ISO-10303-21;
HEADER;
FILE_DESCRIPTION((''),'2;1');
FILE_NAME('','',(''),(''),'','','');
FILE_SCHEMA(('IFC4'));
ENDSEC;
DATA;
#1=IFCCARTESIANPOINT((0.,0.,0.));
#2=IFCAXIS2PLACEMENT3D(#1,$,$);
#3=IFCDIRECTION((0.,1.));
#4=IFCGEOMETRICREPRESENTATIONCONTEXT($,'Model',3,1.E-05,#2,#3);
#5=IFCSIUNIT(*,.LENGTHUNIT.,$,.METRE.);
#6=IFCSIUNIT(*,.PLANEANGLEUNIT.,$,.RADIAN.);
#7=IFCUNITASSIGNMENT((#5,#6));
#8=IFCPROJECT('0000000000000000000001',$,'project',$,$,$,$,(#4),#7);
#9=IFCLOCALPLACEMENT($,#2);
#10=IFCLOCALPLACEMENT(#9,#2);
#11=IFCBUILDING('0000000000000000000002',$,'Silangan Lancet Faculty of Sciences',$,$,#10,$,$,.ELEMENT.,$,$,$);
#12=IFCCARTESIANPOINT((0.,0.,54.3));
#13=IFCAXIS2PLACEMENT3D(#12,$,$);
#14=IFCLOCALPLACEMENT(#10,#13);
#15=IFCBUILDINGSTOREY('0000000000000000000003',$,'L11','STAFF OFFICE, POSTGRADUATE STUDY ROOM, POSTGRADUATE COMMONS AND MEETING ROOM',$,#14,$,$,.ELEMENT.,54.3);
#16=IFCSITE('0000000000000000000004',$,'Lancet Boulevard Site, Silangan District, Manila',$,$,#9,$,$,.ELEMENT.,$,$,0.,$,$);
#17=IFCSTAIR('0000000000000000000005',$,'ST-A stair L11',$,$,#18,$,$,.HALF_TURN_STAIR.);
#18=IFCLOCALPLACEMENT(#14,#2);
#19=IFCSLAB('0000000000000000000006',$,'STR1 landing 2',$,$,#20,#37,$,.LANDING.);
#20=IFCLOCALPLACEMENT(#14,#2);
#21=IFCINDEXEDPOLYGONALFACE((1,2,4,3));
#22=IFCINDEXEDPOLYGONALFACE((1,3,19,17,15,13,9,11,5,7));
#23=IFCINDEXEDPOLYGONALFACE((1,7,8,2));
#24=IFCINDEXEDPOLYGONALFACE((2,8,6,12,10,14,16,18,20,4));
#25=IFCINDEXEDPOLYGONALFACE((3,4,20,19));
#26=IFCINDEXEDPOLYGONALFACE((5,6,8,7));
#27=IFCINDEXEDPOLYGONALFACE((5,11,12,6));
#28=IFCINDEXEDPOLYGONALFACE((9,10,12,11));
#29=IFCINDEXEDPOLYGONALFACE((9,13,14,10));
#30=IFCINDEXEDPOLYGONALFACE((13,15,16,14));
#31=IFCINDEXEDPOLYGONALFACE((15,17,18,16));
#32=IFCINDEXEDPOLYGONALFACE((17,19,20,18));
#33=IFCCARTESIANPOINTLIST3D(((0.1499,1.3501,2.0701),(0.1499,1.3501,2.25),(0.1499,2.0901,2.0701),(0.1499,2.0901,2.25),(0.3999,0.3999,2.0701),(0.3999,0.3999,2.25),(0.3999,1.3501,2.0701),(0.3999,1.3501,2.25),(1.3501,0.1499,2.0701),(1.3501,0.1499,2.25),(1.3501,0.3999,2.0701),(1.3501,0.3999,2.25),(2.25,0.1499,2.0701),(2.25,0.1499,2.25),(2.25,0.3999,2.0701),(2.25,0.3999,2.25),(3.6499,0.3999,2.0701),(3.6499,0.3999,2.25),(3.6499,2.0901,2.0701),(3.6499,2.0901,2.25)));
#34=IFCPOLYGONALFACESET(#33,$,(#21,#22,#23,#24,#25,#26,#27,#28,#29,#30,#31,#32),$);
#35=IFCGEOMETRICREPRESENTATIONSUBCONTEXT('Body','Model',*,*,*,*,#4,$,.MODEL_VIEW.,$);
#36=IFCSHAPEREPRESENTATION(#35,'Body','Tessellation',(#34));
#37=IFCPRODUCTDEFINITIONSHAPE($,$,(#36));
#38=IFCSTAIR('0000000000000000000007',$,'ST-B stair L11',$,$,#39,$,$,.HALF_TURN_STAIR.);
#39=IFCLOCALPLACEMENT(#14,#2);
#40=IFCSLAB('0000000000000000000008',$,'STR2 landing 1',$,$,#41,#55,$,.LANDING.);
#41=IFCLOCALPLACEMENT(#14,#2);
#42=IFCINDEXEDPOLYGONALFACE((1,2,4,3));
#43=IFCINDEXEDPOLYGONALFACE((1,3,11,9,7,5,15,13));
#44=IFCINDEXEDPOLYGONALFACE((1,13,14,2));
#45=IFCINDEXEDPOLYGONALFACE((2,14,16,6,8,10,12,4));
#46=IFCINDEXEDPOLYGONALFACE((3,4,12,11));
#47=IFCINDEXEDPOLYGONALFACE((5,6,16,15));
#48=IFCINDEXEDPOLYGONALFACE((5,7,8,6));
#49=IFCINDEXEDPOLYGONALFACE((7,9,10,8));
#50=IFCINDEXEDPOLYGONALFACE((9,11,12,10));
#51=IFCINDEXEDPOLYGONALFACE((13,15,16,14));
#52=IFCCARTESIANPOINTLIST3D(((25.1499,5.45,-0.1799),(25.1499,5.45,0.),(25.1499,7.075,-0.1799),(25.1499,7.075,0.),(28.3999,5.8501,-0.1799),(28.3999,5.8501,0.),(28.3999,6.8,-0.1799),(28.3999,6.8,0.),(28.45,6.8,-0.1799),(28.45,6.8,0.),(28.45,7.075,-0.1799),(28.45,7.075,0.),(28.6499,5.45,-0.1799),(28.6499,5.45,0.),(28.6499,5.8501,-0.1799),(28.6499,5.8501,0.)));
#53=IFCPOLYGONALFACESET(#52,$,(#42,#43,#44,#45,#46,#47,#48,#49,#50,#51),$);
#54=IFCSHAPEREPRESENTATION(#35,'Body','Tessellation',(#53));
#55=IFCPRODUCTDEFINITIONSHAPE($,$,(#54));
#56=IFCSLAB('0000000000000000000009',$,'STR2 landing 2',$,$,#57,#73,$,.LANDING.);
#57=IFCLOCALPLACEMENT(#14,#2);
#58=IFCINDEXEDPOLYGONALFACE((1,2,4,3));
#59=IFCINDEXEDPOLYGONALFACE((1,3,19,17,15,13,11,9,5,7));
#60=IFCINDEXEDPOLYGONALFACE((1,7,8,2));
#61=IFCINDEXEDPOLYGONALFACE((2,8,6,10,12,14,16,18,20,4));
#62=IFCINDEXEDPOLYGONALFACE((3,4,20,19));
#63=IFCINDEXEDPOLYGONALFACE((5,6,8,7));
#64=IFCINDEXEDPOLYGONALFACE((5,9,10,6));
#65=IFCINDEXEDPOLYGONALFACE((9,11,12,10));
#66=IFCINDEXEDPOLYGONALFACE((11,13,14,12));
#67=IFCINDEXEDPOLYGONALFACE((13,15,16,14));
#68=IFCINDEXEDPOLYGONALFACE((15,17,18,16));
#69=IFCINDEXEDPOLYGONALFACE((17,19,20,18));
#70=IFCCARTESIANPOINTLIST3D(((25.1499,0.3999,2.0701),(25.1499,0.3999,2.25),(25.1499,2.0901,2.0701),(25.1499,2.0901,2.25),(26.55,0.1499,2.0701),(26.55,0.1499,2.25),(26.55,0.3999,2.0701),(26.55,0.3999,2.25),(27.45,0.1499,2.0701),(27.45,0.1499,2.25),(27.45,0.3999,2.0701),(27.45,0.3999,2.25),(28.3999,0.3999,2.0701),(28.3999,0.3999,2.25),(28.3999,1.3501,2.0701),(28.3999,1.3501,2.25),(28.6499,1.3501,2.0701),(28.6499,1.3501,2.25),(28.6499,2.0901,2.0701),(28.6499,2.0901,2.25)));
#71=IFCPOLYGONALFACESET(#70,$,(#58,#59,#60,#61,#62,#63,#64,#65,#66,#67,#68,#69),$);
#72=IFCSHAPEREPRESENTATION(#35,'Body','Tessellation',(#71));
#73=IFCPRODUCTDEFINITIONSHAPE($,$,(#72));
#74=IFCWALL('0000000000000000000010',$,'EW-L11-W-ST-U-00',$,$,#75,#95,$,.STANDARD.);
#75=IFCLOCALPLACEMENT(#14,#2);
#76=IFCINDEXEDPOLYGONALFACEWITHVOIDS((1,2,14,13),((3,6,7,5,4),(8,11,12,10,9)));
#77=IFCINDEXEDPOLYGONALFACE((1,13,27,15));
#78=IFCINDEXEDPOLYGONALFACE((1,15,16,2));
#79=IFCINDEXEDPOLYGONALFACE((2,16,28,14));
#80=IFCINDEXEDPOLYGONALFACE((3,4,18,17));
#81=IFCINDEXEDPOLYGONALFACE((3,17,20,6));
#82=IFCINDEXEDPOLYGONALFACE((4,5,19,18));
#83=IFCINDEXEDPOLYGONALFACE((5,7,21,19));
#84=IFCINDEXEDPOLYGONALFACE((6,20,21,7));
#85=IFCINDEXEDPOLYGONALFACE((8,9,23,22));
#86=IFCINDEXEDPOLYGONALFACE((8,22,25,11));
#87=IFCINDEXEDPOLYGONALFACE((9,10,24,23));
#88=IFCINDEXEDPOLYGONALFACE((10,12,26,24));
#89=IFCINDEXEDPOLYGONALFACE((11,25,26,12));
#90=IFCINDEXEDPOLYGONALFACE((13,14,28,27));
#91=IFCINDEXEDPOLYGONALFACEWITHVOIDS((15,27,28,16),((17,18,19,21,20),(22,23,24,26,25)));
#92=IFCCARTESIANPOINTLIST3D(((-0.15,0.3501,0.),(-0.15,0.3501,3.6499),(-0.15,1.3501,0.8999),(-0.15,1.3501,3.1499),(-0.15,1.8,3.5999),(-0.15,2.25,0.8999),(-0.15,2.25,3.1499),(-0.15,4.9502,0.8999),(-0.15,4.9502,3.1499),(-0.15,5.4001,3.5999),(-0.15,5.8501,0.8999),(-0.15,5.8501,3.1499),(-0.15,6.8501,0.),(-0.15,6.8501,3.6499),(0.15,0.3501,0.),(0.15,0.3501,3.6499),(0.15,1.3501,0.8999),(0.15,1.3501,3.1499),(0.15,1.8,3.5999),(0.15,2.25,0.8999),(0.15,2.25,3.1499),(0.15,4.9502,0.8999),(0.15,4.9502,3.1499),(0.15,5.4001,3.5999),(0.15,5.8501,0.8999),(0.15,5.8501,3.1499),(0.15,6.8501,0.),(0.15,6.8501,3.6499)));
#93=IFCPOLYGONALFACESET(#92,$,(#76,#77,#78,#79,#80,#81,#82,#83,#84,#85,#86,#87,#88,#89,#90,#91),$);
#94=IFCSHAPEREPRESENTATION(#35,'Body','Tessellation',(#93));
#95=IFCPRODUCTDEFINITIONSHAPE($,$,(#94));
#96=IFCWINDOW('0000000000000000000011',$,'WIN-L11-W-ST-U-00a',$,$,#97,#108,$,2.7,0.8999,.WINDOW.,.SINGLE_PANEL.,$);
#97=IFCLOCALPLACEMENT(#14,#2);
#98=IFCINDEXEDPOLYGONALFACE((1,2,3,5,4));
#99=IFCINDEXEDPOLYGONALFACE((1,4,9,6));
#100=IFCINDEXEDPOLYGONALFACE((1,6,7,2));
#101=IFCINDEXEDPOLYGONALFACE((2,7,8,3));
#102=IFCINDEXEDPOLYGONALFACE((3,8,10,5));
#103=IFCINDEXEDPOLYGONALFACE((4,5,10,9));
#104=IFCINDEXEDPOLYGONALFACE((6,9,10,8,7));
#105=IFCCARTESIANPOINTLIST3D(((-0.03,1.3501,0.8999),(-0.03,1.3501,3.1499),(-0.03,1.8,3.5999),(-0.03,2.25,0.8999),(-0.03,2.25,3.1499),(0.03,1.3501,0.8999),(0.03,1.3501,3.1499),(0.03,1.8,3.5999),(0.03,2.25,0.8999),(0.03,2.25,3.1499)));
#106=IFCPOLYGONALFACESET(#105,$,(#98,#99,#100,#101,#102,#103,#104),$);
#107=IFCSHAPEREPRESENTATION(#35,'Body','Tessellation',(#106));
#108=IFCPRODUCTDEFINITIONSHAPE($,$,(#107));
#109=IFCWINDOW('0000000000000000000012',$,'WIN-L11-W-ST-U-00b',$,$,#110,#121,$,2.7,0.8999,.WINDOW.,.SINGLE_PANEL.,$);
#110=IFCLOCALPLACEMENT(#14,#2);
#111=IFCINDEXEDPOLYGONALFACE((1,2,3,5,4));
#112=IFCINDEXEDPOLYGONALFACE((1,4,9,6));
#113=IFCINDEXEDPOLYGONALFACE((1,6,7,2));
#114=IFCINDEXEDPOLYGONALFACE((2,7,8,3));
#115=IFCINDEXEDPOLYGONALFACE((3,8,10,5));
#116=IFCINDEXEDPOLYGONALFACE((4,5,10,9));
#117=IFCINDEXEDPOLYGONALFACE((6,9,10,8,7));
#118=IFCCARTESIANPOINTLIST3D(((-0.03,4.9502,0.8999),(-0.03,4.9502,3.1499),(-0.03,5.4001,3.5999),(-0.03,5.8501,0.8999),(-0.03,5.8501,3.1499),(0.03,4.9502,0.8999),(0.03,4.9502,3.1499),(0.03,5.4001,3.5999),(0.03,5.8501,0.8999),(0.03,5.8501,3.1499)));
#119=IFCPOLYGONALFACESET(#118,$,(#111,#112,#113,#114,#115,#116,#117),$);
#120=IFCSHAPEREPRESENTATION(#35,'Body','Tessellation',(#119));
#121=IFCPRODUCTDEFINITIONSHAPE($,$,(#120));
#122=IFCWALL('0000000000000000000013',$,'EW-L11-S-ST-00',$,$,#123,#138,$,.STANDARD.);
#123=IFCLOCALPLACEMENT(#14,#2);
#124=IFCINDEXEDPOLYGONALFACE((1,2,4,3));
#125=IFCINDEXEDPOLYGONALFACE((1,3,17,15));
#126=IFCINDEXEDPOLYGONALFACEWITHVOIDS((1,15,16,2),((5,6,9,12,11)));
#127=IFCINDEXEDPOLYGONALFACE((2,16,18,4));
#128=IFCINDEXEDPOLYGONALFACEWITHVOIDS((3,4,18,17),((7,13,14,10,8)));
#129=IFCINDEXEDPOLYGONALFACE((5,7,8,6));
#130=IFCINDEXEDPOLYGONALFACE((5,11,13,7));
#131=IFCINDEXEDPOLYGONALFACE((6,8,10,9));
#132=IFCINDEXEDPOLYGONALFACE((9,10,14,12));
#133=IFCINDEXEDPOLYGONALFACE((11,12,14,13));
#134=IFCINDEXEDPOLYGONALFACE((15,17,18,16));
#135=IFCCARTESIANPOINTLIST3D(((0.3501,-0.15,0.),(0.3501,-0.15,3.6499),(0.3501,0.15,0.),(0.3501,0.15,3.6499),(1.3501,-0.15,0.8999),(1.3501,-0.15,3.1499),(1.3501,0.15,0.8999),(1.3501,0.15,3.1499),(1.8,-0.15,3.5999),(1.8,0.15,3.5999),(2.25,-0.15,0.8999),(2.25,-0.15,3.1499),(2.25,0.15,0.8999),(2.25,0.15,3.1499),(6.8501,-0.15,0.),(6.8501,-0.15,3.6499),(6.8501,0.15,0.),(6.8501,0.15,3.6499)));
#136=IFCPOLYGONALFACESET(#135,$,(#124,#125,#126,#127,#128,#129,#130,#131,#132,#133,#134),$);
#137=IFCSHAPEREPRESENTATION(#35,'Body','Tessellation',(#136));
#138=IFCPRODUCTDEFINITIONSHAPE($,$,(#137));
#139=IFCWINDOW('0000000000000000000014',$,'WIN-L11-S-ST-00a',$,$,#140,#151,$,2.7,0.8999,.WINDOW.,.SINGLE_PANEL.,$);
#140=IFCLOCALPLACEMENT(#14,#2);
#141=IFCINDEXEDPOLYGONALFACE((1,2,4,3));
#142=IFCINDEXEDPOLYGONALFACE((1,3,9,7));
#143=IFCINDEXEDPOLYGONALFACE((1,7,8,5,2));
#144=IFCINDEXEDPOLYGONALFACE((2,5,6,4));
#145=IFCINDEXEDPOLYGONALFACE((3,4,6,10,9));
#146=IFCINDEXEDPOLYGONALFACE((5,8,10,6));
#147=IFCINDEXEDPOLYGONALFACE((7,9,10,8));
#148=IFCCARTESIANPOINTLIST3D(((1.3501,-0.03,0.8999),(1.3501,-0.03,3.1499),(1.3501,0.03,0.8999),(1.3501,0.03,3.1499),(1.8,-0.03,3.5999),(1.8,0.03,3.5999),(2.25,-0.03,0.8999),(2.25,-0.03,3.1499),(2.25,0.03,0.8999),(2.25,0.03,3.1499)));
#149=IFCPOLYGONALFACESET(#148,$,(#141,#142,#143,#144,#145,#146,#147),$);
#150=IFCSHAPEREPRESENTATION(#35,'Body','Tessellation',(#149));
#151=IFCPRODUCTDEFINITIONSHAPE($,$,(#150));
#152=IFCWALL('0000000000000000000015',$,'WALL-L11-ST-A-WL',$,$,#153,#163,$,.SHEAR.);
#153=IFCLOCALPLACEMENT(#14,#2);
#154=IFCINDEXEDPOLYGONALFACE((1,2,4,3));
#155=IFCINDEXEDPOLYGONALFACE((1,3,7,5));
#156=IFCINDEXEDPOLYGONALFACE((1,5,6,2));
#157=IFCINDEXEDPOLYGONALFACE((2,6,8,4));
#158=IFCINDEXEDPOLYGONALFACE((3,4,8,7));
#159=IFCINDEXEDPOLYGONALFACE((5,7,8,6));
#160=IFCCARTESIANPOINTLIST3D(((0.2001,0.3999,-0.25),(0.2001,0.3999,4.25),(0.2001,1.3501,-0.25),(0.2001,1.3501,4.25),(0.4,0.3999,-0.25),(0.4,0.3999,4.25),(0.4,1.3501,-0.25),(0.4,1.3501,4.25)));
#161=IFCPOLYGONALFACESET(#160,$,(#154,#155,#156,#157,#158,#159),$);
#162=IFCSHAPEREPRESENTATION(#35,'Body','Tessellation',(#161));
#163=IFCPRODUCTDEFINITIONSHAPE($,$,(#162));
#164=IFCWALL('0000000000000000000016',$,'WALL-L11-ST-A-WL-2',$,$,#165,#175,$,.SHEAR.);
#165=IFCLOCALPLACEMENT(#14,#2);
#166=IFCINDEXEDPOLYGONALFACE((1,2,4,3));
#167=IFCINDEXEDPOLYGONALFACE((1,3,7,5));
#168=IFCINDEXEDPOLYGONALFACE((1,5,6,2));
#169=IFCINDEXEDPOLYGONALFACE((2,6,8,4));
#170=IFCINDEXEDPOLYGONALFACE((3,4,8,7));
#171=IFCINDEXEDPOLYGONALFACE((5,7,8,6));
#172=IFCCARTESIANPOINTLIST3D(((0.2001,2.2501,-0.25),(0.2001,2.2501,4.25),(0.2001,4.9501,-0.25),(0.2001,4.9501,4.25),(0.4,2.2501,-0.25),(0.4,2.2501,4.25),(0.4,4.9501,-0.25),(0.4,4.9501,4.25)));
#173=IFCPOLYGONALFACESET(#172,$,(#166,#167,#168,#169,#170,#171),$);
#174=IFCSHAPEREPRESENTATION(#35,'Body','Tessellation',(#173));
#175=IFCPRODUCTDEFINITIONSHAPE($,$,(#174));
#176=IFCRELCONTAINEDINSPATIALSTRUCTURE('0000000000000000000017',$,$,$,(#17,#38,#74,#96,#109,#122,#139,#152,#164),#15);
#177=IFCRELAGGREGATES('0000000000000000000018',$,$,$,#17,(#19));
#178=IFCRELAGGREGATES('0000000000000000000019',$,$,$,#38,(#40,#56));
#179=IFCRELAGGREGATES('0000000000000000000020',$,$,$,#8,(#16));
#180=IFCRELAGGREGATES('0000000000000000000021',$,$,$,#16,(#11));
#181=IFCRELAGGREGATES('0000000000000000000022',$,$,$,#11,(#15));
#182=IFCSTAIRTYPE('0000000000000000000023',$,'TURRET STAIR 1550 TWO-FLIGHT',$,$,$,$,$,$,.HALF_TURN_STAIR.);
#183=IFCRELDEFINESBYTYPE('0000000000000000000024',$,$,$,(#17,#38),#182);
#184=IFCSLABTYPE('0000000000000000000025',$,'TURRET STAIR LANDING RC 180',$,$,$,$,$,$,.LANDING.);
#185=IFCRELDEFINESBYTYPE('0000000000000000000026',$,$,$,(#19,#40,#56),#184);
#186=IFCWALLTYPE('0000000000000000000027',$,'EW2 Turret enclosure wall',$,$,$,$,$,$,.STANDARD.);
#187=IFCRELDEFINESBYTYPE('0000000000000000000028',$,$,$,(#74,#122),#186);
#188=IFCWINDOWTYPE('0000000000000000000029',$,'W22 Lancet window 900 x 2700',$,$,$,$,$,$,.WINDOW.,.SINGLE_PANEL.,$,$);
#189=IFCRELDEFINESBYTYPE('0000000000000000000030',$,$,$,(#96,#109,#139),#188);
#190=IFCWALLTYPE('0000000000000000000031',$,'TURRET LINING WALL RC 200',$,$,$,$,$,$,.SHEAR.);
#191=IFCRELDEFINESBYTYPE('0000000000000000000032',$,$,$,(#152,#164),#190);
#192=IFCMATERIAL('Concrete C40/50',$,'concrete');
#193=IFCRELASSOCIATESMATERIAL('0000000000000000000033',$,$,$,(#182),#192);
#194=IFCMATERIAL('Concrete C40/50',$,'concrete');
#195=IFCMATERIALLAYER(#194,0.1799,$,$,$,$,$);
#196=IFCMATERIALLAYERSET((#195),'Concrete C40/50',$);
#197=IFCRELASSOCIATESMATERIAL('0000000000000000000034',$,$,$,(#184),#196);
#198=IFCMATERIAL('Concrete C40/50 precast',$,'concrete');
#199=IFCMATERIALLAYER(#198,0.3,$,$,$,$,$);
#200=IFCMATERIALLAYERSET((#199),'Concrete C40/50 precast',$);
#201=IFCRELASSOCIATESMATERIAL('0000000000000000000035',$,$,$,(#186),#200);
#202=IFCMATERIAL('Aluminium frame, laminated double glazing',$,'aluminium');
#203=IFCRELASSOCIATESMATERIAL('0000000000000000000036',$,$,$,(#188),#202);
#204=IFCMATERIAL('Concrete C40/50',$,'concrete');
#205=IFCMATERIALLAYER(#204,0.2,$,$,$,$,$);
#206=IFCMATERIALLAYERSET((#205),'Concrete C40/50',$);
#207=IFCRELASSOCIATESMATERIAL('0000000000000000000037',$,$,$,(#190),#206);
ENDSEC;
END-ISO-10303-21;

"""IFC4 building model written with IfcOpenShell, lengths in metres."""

from ifc_helpers import new_model, si_unit, direction, frame, frame_2d, origin, place, context, subcontext, project, spatial, polyline, rectangle, outline, extrude, material, layer, layer_set, type_object, element, fill, aggregate, save


model = new_model("IFC4")

# Units and contexts
model_context = context("Model", 3, precision=1e-05, world=origin(), true_north=direction((0.0, 1.0)))
body_context = subcontext(model_context, "Body", "Model", "MODEL_VIEW")
ifc_project = project(units=[si_unit("LENGTHUNIT", "METRE"), si_unit("PLANEANGLEUNIT", "RADIAN")], contexts=[model_context])

# Site, building, storey
site_placement = place(None, origin())
site = spatial("IfcSite", under=ifc_project, at=site_placement, Name="Lancet Boulevard Site, Silangan District, Manila", CompositionType="ELEMENT", RefElevation=0.0)
building_placement = place(site_placement, origin())
building = spatial("IfcBuilding", under=site, at=building_placement, Name="Silangan Lancet Faculty of Sciences", CompositionType="ELEMENT")
storey_placement = place(building_placement, frame((0.0, 0.0, 54.3)))
storey = spatial("IfcBuildingStorey", under=building, at=storey_placement, Name="L11", Description="STAFF OFFICE, POSTGRADUATE STUDY ROOM, POSTGRADUATE COMMONS AND MEETING ROOM", CompositionType="ELEMENT", Elevation=54.3)

# Stairs, slabs
ifc_material_1 = material(Name="Concrete C40/50", Category="concrete")
stair_type = type_object("IfcStairType", Name="TURRET STAIR 1550 TWO-FLIGHT", PredefinedType="HALF_TURN_STAIR", material=ifc_material_1)
stair_1_placement = place(storey_placement, origin())
stair_1 = element("IfcStair", 1, at=stair_1_placement, inside=storey, type_object=stair_type, Name="ST-A stair L11", PredefinedType="HALF_TURN_STAIR")
ifc_material_2 = material(Name="Concrete C40/50", Category="concrete")
ifc_layer_1 = layer(ifc_material_2, 0.1799)
ifc_layer_set_1 = layer_set([ifc_layer_1], Name="Concrete C40/50")
slab_type_1 = type_object("IfcSlabType", Name="TURRET STAIR LANDING RC 180", PredefinedType="LANDING", material=ifc_layer_set_1)
slab_1_placement = place(storey_placement, frame((0.0, 0.0, 2.0701)))
slab_1 = element("IfcSlab", 2, at=slab_1_placement, type_object=slab_type_1, Name="STR1 landing 2", PredefinedType="LANDING", context=body_context, shape_type="SweptSolid", body=[
    extrude(outline(polyline([(0.1499, 1.3501), (0.1499, 2.0901), (3.6499, 2.0901), (3.6499, 0.3999), (2.25, 0.3999), (2.25, 0.1499), (1.3501, 0.1499), (1.3501, 0.3999), (0.3999, 0.3999), (0.3999, 1.3501), (0.1499, 1.3501)])), origin(), (0.0, 0.0, 1.0), 0.1799),
])
aggregate(stair_1, [slab_1])
stair_2_placement = place(storey_placement, origin())
stair_2 = element("IfcStair", 3, at=stair_2_placement, inside=storey, type_object=stair_type, Name="ST-B stair L11", PredefinedType="HALF_TURN_STAIR")
slab_2_placement = place(storey_placement, frame((0.0, 0.0, -0.1799)))
slab_2 = element("IfcSlab", 4, at=slab_2_placement, type_object=slab_type_1, Name="STR2 landing 1", PredefinedType="LANDING", context=body_context, shape_type="SweptSolid", body=[
    extrude(outline(polyline([(28.3999, 6.8), (28.3999, 5.8501), (28.6499, 5.8501), (28.6499, 5.45), (25.1499, 5.45), (25.1499, 7.075), (28.45, 7.075), (28.45, 6.8), (28.3999, 6.8)])), origin(), (0.0, 0.0, 1.0), 0.1799),
])
slab_3_placement = place(storey_placement, frame((0.0, 0.0, 2.0701)))
slab_3 = element("IfcSlab", 5, at=slab_3_placement, type_object=slab_type_1, Name="STR2 landing 2", PredefinedType="LANDING", context=body_context, shape_type="SweptSolid", body=[
    extrude(outline(polyline([(26.55, 0.1499), (26.55, 0.3999), (25.1499, 0.3999), (25.1499, 2.0901), (28.6499, 2.0901), (28.6499, 1.3501), (28.3999, 1.3501), (28.3999, 0.3999), (27.45, 0.3999), (27.45, 0.1499), (26.55, 0.1499)])), origin(), (0.0, 0.0, 1.0), 0.1799),
])
aggregate(stair_2, [slab_2, slab_3])

# Wall, openings, windows
ifc_material_3 = material(Name="Concrete C40/50 precast", Category="concrete")
ifc_layer_2 = layer(ifc_material_3, 0.3)
ifc_layer_set_2 = layer_set([ifc_layer_2], Name="Concrete C40/50 precast")
wall_type_1 = type_object("IfcWallType", Name="EW2 Turret enclosure wall", PredefinedType="STANDARD", material=ifc_layer_set_2)
wall_1_placement = place(storey_placement, frame((0.0, 0.3501, 0.0), z_axis=(0.0, 0.0, 1.0), x_axis=(0.0, 1.0, 0.0)))
wall_1 = element("IfcWall", 6, at=wall_1_placement, inside=storey, type_object=wall_type_1, Name="EW-L11-W-ST-U-00", PredefinedType="STANDARD", context=body_context, shape_type="SweptSolid", body=[
    extrude(rectangle(XDim=6.5, YDim=0.3, at=frame_2d((3.25, 0.0))), origin(), (0.0, 0.0, 1.0), 3.6499),
])
opening_1_placement = place(wall_1_placement, frame((1.0, 0.0, 0.8999)))
opening_1 = element("IfcOpeningElement", 7, at=opening_1_placement, cuts=wall_1, PredefinedType="OPENING", context=body_context, shape_type="SweptSolid", body=[
    extrude(outline(polyline([(0.0, 0.0), (0.8999, 0.0), (0.8999, 2.25), (0.45, 2.7), (0.0, 2.25), (0.0, 0.0)])), frame((0.0, 0.1599, 0.0), z_axis=(0.0, -1.0, 0.0), x_axis=(1.0, 0.0, 0.0)), (0.0, 0.0, 1.0), 0.3201),
])
opening_2_placement = place(wall_1_placement, frame((4.6001, 0.0, 0.8999)))
opening_2 = element("IfcOpeningElement", 8, at=opening_2_placement, cuts=wall_1, PredefinedType="OPENING", context=body_context, shape_type="SweptSolid", body=[
    extrude(outline(polyline([(0.0, 0.0), (0.8999, 0.0), (0.8999, 2.25), (0.45, 2.7), (0.0, 2.25), (0.0, 0.0)])), frame((0.0, 0.1599, 0.0), z_axis=(0.0, -1.0, 0.0), x_axis=(1.0, 0.0, 0.0)), (0.0, 0.0, 1.0), 0.3201),
])
ifc_material_4 = material(Name="Aluminium frame, laminated double glazing", Category="aluminium")
window_type_1 = type_object("IfcWindowType", Name="W22 Lancet window 900 x 2700", PartitioningType="SINGLE_PANEL", PredefinedType="WINDOW", material=ifc_material_4)
window_1_placement = place(opening_1_placement, origin())
window_1 = element("IfcWindow", 9, at=window_1_placement, inside=storey, type_object=window_type_1, Name="WIN-L11-W-ST-U-00a", OverallHeight=2.7, OverallWidth=0.8999, PartitioningType="SINGLE_PANEL", PredefinedType="WINDOW", context=body_context, shape_type="SweptSolid", body=[
    extrude(outline(polyline([(0.0, 0.0), (0.8999, 0.0), (0.8999, 2.25), (0.45, 2.7), (0.0, 2.25), (0.0, 0.0)])), frame((0.0, 0.03, 0.0), z_axis=(0.0, -1.0, 0.0), x_axis=(1.0, 0.0, 0.0)), (0.0, 0.0, 1.0), 0.0601),
])
fill(opening_1, window_1)
window_2_placement = place(opening_2_placement, origin())
window_2 = element("IfcWindow", 10, at=window_2_placement, inside=storey, type_object=window_type_1, Name="WIN-L11-W-ST-U-00b", OverallHeight=2.7, OverallWidth=0.8999, PartitioningType="SINGLE_PANEL", PredefinedType="WINDOW", context=body_context, shape_type="SweptSolid", body=[
    extrude(outline(polyline([(0.0, 0.0), (0.8999, 0.0), (0.8999, 2.25), (0.45, 2.7), (0.0, 2.25), (0.0, 0.0)])), frame((0.0, 0.03, 0.0), z_axis=(0.0, -1.0, 0.0), x_axis=(1.0, 0.0, 0.0)), (0.0, 0.0, 1.0), 0.0601),
])
fill(opening_2, window_2)

# Wall, opening, window
wall_2_placement = place(storey_placement, frame((0.3501, 0.0, 0.0), z_axis=(0.0, 0.0, 1.0), x_axis=(1.0, 0.0, 0.0)))
wall_2 = element("IfcWall", 11, at=wall_2_placement, inside=storey, type_object=wall_type_1, Name="EW-L11-S-ST-00", PredefinedType="STANDARD", context=body_context, shape_type="SweptSolid", body=[
    extrude(rectangle(XDim=6.5, YDim=0.3, at=frame_2d((3.25, 0.0))), origin(), (0.0, 0.0, 1.0), 3.6499),
])
opening_3_placement = place(wall_2_placement, frame((1.0, 0.0, 0.8999)))
opening_3 = element("IfcOpeningElement", 12, at=opening_3_placement, cuts=wall_2, PredefinedType="OPENING", context=body_context, shape_type="SweptSolid", body=[
    extrude(outline(polyline([(0.0, 0.0), (0.8999, 0.0), (0.8999, 2.25), (0.45, 2.7), (0.0, 2.25), (0.0, 0.0)])), frame((0.0, 0.1599, 0.0), z_axis=(0.0, -1.0, 0.0), x_axis=(1.0, 0.0, 0.0)), (0.0, 0.0, 1.0), 0.3201),
])
window_3_placement = place(opening_3_placement, origin())
window_3 = element("IfcWindow", 13, at=window_3_placement, inside=storey, type_object=window_type_1, Name="WIN-L11-S-ST-00a", OverallHeight=2.7, OverallWidth=0.8999, PartitioningType="SINGLE_PANEL", PredefinedType="WINDOW", context=body_context, shape_type="SweptSolid", body=[
    extrude(outline(polyline([(0.0, 0.0), (0.8999, 0.0), (0.8999, 2.25), (0.45, 2.7), (0.0, 2.25), (0.0, 0.0)])), frame((0.0, 0.03, 0.0), z_axis=(0.0, -1.0, 0.0), x_axis=(1.0, 0.0, 0.0)), (0.0, 0.0, 1.0), 0.0601),
])
fill(opening_3, window_3)

# Walls
ifc_material_5 = material(Name="Concrete C40/50", Category="concrete")
ifc_layer_3 = layer(ifc_material_5, 0.2)
ifc_layer_set_3 = layer_set([ifc_layer_3], Name="Concrete C40/50")
wall_type_2 = type_object("IfcWallType", Name="TURRET LINING WALL RC 200", PredefinedType="SHEAR", material=ifc_layer_set_3)
wall_3_placement = place(storey_placement, frame((0.3, 0.3999, -0.25), z_axis=(0.0, 0.0, 1.0), x_axis=(0.0, 1.0, 0.0)))
element("IfcWall", 14, at=wall_3_placement, inside=storey, type_object=wall_type_2, Name="WALL-L11-ST-A-WL", PredefinedType="SHEAR", context=body_context, shape_type="SweptSolid", body=[
    extrude(rectangle(XDim=0.9502, YDim=0.2, at=frame_2d((0.4751, 0.0))), origin(), (0.0, 0.0, 1.0), 4.5),
])
wall_4_placement = place(storey_placement, frame((0.3, 2.25, -0.25), z_axis=(0.0, 0.0, 1.0), x_axis=(0.0, 1.0, 0.0)))
element("IfcWall", 15, at=wall_4_placement, inside=storey, type_object=wall_type_2, Name="WALL-L11-ST-A-WL-2", PredefinedType="SHEAR", context=body_context, shape_type="SweptSolid", body=[
    extrude(rectangle(XDim=2.7, YDim=0.2, at=frame_2d((1.3501, 0.0))), origin(), (0.0, 0.0, 1.0), 4.5),
])

save(model, "model.ifc")
